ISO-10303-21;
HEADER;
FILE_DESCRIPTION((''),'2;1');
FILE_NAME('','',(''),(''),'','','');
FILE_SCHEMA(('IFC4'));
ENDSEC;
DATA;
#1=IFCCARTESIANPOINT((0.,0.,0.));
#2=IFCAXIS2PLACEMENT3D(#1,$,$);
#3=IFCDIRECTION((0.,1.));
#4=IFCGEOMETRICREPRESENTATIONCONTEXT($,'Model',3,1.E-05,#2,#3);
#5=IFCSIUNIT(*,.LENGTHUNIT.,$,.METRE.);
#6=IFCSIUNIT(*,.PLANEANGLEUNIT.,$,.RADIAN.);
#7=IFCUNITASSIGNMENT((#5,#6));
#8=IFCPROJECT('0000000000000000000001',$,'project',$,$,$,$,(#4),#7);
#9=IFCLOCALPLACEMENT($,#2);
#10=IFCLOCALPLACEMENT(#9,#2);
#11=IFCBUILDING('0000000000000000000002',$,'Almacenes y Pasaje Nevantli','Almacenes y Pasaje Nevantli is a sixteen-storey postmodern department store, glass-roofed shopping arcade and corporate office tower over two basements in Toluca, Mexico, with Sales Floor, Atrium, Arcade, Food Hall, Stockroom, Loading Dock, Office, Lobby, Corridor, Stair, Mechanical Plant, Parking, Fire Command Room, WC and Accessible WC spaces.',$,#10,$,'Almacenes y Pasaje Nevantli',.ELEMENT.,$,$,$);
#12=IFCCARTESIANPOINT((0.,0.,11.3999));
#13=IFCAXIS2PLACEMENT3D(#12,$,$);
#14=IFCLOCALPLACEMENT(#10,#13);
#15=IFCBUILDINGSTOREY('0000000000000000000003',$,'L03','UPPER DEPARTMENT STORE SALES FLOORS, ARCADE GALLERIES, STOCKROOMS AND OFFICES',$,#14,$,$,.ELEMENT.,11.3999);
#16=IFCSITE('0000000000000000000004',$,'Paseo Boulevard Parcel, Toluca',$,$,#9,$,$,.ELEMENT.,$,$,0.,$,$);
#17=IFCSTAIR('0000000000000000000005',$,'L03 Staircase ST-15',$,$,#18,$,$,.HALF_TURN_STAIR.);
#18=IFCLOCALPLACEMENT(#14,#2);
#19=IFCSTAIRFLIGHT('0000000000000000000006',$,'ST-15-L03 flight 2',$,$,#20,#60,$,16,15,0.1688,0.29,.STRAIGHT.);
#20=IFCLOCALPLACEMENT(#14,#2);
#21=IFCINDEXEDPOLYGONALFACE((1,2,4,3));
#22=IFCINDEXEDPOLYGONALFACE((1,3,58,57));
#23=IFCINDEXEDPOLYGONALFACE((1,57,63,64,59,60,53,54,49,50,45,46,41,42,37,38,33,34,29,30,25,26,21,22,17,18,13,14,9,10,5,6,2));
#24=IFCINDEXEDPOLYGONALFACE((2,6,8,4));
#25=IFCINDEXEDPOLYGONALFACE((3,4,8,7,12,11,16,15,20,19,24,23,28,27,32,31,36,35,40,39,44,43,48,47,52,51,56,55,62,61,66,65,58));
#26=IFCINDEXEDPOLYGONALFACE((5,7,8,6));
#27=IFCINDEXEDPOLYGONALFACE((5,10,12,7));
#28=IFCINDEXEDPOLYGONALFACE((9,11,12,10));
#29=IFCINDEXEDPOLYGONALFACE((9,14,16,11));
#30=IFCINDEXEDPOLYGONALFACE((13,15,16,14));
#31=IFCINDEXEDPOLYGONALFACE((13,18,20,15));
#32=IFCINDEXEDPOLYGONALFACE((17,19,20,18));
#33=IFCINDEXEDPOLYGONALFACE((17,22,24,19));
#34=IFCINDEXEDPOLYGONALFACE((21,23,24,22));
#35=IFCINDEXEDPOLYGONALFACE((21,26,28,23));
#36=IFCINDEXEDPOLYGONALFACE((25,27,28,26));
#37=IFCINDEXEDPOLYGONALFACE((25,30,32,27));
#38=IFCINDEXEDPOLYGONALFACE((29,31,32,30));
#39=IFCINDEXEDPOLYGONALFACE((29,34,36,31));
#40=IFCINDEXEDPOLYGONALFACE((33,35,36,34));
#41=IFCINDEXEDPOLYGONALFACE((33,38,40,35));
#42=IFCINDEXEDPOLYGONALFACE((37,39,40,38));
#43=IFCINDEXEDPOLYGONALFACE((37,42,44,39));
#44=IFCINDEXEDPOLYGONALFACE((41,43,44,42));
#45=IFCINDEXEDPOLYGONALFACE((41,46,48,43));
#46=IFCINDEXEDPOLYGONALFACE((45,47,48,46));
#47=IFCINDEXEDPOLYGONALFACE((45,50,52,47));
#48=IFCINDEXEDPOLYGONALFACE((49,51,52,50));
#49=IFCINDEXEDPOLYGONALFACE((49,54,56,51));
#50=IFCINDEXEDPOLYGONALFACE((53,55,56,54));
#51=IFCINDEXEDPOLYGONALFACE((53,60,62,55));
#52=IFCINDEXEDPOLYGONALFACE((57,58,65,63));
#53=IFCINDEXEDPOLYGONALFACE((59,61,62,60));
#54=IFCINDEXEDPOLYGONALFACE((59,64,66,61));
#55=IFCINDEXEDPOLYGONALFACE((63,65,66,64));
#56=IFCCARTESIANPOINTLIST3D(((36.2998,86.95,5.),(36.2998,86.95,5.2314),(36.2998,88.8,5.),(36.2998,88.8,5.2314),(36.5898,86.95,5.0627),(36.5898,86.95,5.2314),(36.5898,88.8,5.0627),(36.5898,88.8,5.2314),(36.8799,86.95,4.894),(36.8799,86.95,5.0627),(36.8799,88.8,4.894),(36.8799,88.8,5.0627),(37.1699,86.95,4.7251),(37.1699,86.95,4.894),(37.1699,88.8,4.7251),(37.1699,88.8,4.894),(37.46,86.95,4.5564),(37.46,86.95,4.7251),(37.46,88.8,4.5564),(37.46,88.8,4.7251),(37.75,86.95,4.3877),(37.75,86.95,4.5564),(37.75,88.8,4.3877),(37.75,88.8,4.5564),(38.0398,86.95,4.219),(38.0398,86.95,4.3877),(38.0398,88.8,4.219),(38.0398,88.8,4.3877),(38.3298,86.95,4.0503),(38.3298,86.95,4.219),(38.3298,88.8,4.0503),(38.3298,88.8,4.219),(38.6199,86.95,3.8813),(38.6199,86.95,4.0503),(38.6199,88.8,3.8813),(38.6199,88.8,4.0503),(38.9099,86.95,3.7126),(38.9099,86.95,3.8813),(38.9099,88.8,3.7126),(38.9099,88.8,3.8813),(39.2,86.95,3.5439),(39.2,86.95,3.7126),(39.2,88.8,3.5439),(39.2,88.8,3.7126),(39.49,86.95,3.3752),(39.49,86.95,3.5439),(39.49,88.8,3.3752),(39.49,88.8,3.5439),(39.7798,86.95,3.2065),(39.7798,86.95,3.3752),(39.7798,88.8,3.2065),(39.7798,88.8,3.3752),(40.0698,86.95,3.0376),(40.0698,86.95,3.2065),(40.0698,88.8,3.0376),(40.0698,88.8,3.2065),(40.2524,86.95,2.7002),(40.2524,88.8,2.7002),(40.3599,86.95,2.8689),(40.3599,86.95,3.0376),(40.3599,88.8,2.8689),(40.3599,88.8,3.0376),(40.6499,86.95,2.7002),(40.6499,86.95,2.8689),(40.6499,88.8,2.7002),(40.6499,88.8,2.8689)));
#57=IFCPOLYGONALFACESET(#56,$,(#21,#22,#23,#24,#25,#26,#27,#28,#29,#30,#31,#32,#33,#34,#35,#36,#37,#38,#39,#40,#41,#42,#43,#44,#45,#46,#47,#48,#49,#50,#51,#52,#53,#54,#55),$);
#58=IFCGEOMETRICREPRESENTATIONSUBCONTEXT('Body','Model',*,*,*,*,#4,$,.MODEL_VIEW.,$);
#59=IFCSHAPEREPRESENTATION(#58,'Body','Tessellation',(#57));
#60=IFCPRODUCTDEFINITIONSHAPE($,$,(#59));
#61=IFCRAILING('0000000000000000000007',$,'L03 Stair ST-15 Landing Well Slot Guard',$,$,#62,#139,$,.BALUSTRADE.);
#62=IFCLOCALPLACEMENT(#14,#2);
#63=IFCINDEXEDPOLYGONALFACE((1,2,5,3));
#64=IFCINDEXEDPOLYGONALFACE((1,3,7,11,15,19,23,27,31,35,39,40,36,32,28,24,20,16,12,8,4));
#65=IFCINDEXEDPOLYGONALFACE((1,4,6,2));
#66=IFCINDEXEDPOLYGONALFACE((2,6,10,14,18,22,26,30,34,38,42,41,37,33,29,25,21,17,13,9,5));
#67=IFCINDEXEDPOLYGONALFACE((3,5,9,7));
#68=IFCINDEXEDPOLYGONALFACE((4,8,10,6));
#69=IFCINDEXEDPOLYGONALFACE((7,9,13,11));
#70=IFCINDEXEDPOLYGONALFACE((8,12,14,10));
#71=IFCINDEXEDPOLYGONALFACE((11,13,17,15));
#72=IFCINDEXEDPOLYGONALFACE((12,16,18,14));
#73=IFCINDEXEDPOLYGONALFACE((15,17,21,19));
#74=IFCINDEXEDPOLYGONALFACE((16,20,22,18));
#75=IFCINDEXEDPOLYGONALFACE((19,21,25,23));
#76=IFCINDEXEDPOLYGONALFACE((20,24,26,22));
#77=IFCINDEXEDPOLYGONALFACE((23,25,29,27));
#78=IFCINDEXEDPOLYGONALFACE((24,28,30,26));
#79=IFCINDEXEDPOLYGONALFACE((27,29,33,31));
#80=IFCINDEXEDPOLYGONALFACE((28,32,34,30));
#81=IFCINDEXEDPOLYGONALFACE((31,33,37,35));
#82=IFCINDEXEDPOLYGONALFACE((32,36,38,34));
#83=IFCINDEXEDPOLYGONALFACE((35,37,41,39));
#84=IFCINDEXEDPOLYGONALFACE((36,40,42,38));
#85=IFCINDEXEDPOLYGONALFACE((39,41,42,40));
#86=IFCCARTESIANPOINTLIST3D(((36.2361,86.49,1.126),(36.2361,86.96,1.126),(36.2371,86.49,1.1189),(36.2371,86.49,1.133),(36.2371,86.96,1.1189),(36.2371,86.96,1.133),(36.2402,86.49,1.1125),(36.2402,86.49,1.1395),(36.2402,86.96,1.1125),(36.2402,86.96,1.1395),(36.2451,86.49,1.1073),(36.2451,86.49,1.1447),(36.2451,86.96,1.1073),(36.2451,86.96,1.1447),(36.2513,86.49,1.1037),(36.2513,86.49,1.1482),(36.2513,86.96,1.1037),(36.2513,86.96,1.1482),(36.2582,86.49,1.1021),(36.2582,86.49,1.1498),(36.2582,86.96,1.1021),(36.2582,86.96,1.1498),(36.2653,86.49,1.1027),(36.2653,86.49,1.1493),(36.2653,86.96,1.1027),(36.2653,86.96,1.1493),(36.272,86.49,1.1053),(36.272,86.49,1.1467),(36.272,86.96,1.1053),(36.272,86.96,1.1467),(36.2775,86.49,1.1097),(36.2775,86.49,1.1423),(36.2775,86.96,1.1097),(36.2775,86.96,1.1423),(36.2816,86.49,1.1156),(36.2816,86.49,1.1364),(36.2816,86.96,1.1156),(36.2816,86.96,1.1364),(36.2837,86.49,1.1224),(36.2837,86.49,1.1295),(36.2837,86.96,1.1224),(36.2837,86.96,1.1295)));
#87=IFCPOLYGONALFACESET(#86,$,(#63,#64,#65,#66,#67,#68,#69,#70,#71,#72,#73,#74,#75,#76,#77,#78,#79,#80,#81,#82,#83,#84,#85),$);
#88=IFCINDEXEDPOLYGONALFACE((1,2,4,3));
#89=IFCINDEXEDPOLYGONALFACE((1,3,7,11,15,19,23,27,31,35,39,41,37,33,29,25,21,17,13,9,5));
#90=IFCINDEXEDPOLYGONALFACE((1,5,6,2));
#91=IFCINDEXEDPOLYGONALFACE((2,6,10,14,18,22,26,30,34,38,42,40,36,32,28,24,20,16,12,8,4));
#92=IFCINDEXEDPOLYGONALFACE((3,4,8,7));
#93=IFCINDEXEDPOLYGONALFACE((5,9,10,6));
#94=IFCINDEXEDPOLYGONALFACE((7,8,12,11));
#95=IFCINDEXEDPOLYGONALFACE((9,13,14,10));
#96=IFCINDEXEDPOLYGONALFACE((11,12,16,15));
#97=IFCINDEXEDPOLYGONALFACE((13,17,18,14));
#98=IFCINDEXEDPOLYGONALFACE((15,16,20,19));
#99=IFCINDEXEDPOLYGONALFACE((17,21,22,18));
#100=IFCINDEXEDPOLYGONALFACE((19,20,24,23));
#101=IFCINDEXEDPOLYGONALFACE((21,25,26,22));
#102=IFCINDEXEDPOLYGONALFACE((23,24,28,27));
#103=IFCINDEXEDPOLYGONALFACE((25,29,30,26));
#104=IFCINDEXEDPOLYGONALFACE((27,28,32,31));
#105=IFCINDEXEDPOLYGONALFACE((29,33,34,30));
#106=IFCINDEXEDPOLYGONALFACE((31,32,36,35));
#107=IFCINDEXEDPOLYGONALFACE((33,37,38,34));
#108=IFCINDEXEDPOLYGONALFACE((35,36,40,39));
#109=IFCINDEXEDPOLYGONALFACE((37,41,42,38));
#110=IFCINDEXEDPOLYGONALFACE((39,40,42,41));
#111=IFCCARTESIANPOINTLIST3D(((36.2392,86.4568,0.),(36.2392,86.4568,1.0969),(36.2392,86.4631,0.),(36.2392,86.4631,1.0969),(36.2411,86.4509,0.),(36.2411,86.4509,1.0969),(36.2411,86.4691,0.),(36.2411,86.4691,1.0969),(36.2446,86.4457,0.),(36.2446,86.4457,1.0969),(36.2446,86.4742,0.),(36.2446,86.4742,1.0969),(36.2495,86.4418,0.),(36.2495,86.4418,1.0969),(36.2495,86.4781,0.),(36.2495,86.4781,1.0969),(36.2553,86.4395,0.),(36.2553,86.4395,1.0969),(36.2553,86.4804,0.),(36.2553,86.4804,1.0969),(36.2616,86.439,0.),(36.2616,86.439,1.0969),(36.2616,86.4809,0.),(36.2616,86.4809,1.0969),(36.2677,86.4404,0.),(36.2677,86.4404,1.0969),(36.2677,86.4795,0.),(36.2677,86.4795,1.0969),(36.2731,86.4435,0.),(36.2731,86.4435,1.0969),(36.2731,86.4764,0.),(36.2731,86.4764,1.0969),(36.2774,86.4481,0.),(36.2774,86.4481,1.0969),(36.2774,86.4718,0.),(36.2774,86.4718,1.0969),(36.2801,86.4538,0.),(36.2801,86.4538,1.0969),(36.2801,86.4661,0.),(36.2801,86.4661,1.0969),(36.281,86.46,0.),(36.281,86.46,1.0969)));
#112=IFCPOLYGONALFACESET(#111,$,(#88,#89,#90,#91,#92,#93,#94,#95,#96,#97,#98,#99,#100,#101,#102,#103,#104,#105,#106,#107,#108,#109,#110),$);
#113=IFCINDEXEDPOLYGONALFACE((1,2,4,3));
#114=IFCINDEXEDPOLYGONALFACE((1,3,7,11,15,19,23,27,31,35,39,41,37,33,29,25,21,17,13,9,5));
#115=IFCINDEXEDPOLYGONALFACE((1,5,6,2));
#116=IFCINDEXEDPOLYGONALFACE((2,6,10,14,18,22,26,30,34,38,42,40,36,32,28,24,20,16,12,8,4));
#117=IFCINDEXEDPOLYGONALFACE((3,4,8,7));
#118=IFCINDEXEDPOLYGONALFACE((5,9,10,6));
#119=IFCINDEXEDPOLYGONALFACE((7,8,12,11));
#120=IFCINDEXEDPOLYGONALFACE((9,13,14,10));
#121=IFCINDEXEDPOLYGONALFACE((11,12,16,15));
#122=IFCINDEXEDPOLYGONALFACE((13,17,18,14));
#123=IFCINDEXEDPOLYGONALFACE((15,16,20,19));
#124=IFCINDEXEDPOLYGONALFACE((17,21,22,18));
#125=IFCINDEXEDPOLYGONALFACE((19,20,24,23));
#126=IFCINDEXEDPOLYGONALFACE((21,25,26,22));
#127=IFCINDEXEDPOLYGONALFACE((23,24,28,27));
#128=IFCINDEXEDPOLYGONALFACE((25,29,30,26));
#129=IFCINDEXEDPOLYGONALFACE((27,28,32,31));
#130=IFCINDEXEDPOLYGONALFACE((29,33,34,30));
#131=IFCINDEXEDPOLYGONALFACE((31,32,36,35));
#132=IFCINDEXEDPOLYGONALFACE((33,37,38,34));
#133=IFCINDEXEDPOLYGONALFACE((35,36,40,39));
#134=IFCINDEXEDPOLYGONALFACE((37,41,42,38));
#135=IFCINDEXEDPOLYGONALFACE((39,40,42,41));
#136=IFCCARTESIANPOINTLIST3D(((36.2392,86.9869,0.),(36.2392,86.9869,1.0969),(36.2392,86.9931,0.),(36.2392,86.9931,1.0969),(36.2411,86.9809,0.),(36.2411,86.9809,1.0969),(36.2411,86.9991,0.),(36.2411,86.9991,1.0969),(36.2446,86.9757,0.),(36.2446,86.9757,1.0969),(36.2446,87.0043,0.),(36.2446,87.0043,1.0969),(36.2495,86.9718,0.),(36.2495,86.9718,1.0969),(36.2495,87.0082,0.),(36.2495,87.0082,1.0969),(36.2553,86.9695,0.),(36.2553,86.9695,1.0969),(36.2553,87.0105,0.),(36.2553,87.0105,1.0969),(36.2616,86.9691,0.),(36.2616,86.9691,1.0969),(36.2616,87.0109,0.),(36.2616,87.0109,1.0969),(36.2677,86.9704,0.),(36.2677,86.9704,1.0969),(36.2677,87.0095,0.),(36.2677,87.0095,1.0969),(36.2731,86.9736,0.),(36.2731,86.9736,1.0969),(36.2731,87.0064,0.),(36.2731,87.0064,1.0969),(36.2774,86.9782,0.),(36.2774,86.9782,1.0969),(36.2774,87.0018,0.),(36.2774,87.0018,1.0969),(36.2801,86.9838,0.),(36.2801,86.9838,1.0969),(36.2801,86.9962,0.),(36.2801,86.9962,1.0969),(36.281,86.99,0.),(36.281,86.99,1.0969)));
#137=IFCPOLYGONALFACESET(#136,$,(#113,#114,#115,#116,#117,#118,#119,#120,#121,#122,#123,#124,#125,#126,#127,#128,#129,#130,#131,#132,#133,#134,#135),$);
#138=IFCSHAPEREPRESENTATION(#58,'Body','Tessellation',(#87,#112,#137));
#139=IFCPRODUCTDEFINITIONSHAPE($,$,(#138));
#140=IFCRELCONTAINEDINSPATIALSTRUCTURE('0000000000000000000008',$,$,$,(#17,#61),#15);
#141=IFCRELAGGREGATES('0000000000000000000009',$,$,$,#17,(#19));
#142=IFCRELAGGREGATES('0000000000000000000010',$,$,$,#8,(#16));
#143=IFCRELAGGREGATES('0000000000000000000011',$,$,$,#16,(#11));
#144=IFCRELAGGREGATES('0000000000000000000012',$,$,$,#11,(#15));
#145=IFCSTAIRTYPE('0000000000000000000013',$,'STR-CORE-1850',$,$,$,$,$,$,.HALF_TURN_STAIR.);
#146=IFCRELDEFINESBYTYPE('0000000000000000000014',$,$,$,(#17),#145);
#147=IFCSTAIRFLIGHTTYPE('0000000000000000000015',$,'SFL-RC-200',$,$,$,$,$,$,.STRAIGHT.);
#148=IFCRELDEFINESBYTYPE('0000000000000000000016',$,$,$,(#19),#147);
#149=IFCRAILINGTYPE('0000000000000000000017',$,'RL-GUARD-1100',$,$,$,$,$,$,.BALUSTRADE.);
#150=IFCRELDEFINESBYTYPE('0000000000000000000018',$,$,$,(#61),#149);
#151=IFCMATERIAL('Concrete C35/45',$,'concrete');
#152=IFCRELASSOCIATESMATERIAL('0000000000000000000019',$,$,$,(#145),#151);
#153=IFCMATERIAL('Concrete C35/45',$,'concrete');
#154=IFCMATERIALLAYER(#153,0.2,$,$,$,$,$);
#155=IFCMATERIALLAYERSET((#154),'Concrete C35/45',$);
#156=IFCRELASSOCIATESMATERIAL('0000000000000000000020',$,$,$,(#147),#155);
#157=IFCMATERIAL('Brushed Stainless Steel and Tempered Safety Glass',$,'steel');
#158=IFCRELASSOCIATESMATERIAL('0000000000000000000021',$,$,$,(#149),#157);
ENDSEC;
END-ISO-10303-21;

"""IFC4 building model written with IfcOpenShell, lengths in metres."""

from ifc_helpers import new_model, si_unit, direction, frame, origin, origin_2d, place, context, subcontext, project, spatial, polyline, circle, outline, extrude, material, layer, layer_set, type_object, element, aggregate, save


model = new_model("IFC4")

# Units and contexts
model_context = context("Model", 3, precision=1e-05, world=origin(), true_north=direction((0.0, 1.0)))
body_context = subcontext(model_context, "Body", "Model", "MODEL_VIEW")
ifc_project = project(units=[si_unit("LENGTHUNIT", "METRE"), si_unit("PLANEANGLEUNIT", "RADIAN")], contexts=[model_context])

# Site, building, storey
site_placement = place(None, origin())
site = spatial("IfcSite", under=ifc_project, at=site_placement, Name="Paseo Boulevard Parcel, Toluca", CompositionType="ELEMENT", RefElevation=0.0)
building_placement = place(site_placement, origin())
building = spatial("IfcBuilding", under=site, at=building_placement, Name="Almacenes y Pasaje Nevantli", Description="Almacenes y Pasaje Nevantli is a sixteen-storey postmodern department store, glass-roofed shopping arcade and corporate office tower over two basements in Toluca, Mexico, with Sales Floor, Atrium, Arcade, Food Hall, Stockroom, Loading Dock, Office, Lobby, Corridor, Stair, Mechanical Plant, Parking, Fire Command Room, WC and Accessible WC spaces.", LongName="Almacenes y Pasaje Nevantli", CompositionType="ELEMENT")
storey_placement = place(building_placement, frame((0.0, 0.0, 11.3999)))
storey = spatial("IfcBuildingStorey", under=building, at=storey_placement, Name="L03", Description="UPPER DEPARTMENT STORE SALES FLOORS, ARCADE GALLERIES, STOCKROOMS AND OFFICES", CompositionType="ELEMENT", Elevation=11.3999)

# Stair, stair flight
ifc_material_1 = material(Name="Concrete C35/45", Category="concrete")
stair_type = type_object("IfcStairType", Name="STR-CORE-1850", PredefinedType="HALF_TURN_STAIR", material=ifc_material_1)
stair_placement = place(storey_placement, origin())
stair = element("IfcStair", 1, at=stair_placement, inside=storey, type_object=stair_type, Name="L03 Staircase ST-15", PredefinedType="HALF_TURN_STAIR")
ifc_material_2 = material(Name="Concrete C35/45", Category="concrete")
ifc_layer_1 = layer(ifc_material_2, 0.2)
ifc_layer_set_1 = layer_set([ifc_layer_1], Name="Concrete C35/45")
stair_flight_type = type_object("IfcStairFlightType", Name="SFL-RC-200", PredefinedType="STRAIGHT", material=ifc_layer_set_1)
stair_flight_1_placement = place(storey_placement, frame((40.6499, 87.875, 2.7002), z_axis=(0.0, 0.0, 1.0), x_axis=(-1.0, 0.0, 0.0)))
stair_flight_1 = element("IfcStairFlight", 2, at=stair_flight_1_placement, type_object=stair_flight_type, Name="ST-15-L03 flight 2", NumberOfRisers=16, NumberOfTreads=15, PredefinedType="STRAIGHT", RiserHeight=0.1688, TreadLength=0.29, context=body_context, shape_type="SweptSolid", body=[
    extrude(outline(polyline([(0.0, 0.0), (0.0, 0.1687), (0.29, 0.1687), (0.29, 0.3374), (0.5801, 0.3374), (0.5801, 0.5063), (0.8701, 0.5063), (0.8701, 0.675), (1.1599, 0.675), (1.1599, 0.8438), (1.45, 0.8438), (1.45, 1.0125), (1.74, 1.0125), (1.74, 1.1812), (2.03, 1.1812), (2.03, 1.3501), (2.3201, 1.3501), (2.3201, 1.5188), (2.6101, 1.5188), (2.6101, 1.6875), (2.8999, 1.6875), (2.8999, 1.8562), (3.1899, 1.8562), (3.1899, 2.0249), (3.48, 2.0249), (3.48, 2.1938), (3.77, 2.1938), (3.77, 2.3625), (4.0601, 2.3625), (4.0601, 2.5312), (4.3501, 2.5312), (4.3501, 2.7), (4.3501, 2.2998), (0.3975, 0.0), (0.0, 0.0)])), frame((0.0, 0.925, 0.0), z_axis=(0.0, -1.0, 0.0), x_axis=(1.0, 0.0, 0.0)), (0.0, 0.0, 1.0), 1.8501),
])
aggregate(stair, [stair_flight_1])

# Railing
ifc_material_3 = material(Name="Brushed Stainless Steel and Tempered Safety Glass", Category="steel")
railing_type_1 = type_object("IfcRailingType", Name="RL-GUARD-1100", PredefinedType="BALUSTRADE", material=ifc_material_3)
railing_1_placement = place(storey_placement, frame((36.26, 86.46, 0.0)))
element("IfcRailing", 3, at=railing_1_placement, inside=storey, type_object=railing_type_1, Name="L03 Stair ST-15 Landing Well Slot Guard", PredefinedType="BALUSTRADE", context=body_context, shape_type="SweptSolid", body=[
    extrude(circle(Radius=0.0239, at=origin_2d()), frame((0.0, 0.03, 1.126), z_axis=(0.0, 1.0, 0.0), x_axis=(-1.0, 0.0, 0.0)), (0.0, 0.0, 1.0), 0.47),
    extrude(circle(Radius=0.021, at=origin_2d()), origin(), (0.0, 0.0, 1.0), 1.0969),
    extrude(circle(Radius=0.021, at=origin_2d()), frame((0.0, 0.53, 0.0)), (0.0, 0.0, 1.0), 1.0969),
])

save(model, "model.ifc")
